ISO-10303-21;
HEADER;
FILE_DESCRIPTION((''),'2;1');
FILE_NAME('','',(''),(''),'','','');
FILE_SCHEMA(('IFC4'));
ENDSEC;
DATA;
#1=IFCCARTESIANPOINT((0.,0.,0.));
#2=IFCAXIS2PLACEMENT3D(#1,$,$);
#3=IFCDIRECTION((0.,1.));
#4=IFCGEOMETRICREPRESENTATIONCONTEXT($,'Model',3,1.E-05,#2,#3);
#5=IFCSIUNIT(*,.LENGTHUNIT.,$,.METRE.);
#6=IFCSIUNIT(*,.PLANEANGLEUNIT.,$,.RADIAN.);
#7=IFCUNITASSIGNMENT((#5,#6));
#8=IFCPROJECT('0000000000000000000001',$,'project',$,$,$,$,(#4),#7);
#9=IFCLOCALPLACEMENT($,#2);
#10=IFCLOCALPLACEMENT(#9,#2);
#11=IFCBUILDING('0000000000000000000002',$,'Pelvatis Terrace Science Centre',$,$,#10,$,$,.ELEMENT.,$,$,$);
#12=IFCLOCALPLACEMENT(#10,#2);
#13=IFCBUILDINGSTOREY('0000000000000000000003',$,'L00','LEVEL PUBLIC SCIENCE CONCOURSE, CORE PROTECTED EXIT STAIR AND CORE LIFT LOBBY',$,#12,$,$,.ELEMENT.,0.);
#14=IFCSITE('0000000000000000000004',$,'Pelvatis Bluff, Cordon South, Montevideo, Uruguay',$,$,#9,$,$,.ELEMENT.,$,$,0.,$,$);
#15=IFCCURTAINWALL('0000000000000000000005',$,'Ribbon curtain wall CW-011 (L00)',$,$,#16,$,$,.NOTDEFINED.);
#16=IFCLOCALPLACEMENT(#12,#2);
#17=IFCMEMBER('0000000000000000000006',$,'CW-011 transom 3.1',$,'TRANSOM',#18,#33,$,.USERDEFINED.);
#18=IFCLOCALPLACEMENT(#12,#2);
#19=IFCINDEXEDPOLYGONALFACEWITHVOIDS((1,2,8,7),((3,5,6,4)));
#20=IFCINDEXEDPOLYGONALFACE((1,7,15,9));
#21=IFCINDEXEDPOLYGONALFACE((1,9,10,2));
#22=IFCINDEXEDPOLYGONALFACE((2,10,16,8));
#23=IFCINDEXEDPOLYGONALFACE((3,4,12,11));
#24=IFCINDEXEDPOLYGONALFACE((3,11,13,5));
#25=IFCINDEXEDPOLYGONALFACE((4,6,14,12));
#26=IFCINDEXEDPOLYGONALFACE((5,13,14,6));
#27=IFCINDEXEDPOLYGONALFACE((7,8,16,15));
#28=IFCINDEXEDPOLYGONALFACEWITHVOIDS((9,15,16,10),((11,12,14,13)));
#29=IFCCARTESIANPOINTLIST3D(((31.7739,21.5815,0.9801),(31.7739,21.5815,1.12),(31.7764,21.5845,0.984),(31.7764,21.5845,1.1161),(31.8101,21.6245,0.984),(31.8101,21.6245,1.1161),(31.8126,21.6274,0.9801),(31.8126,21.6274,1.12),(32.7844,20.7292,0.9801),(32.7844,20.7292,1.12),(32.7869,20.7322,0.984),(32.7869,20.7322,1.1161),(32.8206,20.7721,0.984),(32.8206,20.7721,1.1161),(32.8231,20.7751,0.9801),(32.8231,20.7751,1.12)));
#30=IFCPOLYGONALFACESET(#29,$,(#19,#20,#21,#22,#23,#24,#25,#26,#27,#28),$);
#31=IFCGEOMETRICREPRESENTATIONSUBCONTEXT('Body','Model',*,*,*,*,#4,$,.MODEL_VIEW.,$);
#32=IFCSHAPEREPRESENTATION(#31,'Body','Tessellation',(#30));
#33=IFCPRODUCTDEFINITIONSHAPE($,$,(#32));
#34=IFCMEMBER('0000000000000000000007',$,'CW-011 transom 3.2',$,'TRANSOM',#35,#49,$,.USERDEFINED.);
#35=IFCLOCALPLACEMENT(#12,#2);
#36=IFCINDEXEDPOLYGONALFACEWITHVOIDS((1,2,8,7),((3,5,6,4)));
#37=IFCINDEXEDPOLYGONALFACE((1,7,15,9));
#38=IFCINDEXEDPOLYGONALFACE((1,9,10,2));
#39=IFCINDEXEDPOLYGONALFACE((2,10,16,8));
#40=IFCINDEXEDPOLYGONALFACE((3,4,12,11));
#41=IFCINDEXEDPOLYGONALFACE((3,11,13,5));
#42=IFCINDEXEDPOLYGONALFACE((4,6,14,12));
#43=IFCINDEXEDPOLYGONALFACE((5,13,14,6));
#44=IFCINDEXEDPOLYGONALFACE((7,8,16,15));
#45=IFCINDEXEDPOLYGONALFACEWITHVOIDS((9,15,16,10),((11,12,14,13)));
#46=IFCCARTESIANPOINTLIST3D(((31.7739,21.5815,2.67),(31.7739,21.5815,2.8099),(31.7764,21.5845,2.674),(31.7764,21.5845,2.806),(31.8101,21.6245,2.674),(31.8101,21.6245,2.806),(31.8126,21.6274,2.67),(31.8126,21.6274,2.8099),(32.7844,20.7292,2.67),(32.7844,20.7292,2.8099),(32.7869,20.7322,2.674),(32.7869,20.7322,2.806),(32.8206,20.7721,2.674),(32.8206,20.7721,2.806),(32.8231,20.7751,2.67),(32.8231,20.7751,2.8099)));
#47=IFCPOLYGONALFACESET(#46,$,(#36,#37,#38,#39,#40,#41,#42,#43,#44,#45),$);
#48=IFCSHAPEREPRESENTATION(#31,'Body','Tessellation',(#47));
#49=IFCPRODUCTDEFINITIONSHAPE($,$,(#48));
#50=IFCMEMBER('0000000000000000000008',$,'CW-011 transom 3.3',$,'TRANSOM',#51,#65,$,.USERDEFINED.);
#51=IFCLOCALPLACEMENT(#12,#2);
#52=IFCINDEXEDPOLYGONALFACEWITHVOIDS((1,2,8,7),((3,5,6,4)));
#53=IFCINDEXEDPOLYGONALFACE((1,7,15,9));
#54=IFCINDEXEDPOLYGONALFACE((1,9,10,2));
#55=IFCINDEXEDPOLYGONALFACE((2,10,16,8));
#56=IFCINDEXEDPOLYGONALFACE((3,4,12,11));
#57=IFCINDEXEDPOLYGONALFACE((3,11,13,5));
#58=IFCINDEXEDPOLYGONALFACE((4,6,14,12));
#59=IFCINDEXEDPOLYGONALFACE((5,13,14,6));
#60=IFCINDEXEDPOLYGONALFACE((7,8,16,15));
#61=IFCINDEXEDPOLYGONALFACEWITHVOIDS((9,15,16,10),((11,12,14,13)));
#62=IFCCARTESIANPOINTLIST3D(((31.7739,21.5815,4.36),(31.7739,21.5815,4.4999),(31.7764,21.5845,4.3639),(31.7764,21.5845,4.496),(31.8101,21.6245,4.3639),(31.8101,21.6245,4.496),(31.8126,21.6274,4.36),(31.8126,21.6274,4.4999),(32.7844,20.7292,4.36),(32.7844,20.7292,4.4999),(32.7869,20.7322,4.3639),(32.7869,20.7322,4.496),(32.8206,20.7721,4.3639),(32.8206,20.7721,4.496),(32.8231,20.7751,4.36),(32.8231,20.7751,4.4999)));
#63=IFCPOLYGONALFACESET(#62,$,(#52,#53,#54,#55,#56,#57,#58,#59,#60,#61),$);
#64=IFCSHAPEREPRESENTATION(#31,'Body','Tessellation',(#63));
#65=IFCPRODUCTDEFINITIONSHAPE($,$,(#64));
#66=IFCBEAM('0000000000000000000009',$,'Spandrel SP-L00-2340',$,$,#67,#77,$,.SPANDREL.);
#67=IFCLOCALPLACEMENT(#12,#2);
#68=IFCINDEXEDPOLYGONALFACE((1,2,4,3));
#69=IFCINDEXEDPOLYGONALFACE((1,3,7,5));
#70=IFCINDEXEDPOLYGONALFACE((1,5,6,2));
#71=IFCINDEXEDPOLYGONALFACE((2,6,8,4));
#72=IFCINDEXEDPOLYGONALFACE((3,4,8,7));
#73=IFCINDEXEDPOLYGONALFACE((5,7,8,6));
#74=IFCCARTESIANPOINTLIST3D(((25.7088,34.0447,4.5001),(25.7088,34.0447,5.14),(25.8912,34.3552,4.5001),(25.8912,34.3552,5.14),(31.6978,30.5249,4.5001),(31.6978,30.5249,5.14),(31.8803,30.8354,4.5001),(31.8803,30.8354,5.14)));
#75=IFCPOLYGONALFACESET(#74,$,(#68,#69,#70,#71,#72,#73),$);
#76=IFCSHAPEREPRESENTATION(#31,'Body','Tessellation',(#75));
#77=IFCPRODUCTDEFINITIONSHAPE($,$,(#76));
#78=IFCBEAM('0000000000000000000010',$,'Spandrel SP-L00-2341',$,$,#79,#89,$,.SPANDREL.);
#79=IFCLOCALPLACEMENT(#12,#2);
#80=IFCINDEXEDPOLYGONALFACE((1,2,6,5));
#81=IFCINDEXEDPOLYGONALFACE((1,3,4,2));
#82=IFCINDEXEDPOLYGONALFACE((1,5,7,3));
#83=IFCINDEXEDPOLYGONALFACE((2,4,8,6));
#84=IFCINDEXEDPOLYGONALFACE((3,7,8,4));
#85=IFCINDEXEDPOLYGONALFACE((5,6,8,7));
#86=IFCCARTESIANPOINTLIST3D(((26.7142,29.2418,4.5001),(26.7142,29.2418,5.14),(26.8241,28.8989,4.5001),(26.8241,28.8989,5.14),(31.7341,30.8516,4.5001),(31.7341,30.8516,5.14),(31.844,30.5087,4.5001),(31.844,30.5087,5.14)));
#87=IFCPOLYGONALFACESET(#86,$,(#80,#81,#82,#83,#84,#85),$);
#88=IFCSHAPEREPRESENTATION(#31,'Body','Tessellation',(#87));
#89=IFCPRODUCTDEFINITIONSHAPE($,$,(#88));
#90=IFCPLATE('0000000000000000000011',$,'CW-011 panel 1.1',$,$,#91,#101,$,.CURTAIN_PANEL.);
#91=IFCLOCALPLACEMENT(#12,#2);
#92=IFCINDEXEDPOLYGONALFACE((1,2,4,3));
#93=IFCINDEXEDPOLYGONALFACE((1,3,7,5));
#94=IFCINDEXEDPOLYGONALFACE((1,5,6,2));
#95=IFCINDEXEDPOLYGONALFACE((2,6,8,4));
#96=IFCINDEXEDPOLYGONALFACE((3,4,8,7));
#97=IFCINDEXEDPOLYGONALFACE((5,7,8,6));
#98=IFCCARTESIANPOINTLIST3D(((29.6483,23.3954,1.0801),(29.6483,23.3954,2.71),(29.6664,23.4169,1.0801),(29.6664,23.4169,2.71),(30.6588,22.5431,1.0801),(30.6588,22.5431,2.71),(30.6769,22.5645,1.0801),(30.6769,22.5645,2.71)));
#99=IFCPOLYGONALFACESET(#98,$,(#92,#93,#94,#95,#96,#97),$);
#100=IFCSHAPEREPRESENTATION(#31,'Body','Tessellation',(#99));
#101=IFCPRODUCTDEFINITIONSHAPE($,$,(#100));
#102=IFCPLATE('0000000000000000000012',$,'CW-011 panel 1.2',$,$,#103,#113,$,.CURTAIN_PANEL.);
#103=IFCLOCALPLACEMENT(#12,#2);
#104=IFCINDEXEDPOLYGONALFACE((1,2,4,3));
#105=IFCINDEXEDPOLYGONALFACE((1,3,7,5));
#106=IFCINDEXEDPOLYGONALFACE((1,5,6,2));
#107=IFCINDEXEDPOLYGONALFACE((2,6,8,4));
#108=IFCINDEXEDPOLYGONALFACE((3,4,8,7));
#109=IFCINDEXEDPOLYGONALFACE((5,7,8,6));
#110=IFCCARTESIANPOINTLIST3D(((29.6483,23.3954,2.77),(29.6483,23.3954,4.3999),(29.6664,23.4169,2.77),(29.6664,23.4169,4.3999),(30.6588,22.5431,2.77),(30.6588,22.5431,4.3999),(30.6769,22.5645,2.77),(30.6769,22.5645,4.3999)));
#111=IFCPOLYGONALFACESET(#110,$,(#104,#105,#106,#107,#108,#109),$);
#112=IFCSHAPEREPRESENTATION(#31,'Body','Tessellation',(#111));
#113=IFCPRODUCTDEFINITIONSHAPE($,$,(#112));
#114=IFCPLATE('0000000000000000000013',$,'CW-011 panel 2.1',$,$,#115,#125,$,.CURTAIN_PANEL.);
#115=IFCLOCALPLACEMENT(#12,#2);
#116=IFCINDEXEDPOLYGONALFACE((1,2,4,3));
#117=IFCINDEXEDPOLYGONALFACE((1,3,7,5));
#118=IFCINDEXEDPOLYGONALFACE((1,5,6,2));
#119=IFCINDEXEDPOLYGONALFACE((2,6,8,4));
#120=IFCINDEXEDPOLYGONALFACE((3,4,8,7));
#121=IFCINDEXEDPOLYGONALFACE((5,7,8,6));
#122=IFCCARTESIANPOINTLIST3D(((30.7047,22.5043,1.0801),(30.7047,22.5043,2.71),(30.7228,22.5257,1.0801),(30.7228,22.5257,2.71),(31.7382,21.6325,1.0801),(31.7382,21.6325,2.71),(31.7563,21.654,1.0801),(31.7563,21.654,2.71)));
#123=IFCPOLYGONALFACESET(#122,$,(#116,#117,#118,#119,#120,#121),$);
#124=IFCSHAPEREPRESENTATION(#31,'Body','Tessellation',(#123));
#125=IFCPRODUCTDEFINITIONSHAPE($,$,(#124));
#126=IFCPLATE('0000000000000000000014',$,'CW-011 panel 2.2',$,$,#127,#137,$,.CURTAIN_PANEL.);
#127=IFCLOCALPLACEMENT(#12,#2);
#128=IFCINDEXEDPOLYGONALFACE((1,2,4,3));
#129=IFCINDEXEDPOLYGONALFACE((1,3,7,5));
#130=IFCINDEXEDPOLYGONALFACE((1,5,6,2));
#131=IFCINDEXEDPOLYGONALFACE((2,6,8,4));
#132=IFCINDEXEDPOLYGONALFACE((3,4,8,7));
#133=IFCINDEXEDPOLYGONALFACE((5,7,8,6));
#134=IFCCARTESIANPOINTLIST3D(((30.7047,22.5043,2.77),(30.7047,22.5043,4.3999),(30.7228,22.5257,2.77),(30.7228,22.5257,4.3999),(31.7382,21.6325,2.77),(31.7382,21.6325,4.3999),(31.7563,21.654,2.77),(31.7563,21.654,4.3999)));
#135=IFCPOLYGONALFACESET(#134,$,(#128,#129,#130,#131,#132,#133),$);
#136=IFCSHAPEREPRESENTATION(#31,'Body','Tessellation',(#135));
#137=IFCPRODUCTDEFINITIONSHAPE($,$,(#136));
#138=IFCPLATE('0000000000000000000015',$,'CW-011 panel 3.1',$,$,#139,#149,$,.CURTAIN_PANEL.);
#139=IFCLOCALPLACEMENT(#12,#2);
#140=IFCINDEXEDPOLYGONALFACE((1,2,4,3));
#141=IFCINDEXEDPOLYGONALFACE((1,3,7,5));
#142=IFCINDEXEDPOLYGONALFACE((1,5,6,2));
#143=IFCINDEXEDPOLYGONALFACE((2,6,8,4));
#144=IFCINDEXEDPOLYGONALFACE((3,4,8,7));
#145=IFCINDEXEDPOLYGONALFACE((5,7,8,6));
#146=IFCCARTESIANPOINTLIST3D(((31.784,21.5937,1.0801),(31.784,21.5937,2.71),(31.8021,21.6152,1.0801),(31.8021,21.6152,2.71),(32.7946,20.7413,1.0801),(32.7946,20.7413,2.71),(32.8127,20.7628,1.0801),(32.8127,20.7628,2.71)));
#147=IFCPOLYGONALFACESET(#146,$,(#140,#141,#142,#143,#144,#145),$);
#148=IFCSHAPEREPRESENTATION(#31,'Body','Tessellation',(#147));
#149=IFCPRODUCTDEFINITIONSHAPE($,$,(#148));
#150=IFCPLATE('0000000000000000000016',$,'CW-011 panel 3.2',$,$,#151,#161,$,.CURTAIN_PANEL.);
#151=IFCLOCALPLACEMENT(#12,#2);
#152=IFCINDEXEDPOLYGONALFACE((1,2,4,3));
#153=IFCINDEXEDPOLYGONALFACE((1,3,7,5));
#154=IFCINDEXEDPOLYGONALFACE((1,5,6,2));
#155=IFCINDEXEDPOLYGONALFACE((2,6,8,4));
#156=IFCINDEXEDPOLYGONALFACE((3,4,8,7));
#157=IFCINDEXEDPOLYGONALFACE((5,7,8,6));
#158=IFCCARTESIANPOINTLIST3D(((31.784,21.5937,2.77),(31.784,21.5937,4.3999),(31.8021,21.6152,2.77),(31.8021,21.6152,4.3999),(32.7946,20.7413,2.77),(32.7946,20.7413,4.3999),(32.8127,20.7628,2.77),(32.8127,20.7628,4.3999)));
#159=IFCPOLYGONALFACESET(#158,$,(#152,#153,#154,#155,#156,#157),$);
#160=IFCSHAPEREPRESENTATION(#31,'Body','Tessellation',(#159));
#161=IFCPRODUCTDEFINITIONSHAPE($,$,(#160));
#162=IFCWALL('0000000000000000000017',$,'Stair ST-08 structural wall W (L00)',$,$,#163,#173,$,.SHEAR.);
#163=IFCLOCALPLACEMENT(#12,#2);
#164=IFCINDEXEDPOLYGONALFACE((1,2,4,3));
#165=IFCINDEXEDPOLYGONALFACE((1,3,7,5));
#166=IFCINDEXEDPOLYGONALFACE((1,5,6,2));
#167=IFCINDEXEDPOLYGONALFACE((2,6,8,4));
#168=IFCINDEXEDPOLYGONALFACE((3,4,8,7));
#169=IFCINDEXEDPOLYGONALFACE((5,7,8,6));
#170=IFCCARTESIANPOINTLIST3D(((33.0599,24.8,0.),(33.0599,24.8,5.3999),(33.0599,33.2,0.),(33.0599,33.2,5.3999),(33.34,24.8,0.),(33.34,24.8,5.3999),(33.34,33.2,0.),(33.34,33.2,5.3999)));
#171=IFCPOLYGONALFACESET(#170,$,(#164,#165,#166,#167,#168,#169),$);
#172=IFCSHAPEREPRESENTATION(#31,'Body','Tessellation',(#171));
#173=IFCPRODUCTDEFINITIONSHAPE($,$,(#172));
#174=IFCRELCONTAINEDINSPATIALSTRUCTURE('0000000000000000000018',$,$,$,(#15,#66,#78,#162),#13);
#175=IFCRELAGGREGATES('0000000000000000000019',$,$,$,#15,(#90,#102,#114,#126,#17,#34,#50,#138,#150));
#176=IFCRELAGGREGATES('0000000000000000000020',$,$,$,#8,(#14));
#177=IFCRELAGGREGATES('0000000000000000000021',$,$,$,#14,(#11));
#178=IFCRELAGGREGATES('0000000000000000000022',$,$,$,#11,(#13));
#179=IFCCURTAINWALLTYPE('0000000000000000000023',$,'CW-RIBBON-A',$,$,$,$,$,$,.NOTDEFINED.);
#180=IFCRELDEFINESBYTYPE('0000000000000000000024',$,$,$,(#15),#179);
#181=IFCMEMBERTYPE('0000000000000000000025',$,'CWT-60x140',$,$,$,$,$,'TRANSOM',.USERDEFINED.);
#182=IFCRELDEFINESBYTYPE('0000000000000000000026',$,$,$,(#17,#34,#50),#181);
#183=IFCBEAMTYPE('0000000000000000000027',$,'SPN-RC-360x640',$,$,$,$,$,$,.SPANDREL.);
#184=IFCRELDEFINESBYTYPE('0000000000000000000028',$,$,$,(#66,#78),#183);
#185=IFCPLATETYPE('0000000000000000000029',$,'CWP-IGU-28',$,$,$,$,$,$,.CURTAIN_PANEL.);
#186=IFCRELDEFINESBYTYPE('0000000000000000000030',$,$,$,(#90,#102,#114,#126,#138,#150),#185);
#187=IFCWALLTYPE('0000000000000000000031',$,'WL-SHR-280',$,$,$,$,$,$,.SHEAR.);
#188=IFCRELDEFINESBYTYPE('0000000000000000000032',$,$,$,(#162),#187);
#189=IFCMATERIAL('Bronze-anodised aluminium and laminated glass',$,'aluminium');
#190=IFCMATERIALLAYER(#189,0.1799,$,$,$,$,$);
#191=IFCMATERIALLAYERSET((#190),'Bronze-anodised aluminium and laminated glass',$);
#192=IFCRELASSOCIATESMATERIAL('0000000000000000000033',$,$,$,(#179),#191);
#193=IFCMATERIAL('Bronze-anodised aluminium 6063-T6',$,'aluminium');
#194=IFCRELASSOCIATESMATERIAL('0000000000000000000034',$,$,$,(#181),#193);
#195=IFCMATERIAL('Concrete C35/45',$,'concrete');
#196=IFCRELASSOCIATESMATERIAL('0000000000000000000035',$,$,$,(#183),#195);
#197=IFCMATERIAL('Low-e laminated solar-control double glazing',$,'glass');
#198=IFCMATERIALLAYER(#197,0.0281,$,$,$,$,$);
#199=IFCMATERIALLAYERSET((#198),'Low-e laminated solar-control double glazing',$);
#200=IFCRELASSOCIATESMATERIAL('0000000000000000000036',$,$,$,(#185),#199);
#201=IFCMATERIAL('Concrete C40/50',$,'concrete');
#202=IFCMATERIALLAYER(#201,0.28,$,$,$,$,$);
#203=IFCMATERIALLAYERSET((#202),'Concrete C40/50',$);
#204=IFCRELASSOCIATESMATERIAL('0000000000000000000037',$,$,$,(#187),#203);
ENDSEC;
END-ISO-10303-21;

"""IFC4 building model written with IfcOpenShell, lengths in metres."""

from ifc_helpers import new_model, si_unit, direction, frame, frame_2d, origin, origin_2d, place, context, subcontext, project, spatial, rectangle, hollow_rectangle, extrude, material, layer, layer_set, material_profile, profile_set, type_object, element, aggregate, save


model = new_model("IFC4")

# Units and contexts
model_context = context("Model", 3, precision=1e-05, world=origin(), true_north=direction((0.0, 1.0)))
body_context = subcontext(model_context, "Body", "Model", "MODEL_VIEW")
ifc_project = project(units=[si_unit("LENGTHUNIT", "METRE"), si_unit("PLANEANGLEUNIT", "RADIAN")], contexts=[model_context])

# Site, building, storey
site_placement = place(None, origin())
site = spatial("IfcSite", under=ifc_project, at=site_placement, Name="Pelvatis Bluff, Cordon South, Montevideo, Uruguay", CompositionType="ELEMENT", RefElevation=0.0)
building_placement = place(site_placement, origin())
building = spatial("IfcBuilding", under=site, at=building_placement, Name="Pelvatis Terrace Science Centre", CompositionType="ELEMENT")
storey_placement = place(building_placement, origin())
storey = spatial("IfcBuildingStorey", under=building, at=storey_placement, Name="L00", Description="LEVEL PUBLIC SCIENCE CONCOURSE, CORE PROTECTED EXIT STAIR AND CORE LIFT LOBBY", CompositionType="ELEMENT", Elevation=0.0)

# Curtain wall, members
ifc_material_1 = material(Name="Bronze-anodised aluminium and laminated glass", Category="aluminium")
ifc_layer_1 = layer(ifc_material_1, 0.1799)
ifc_layer_set_1 = layer_set([ifc_layer_1], Name="Bronze-anodised aluminium and laminated glass")
curtain_wall_type = type_object("IfcCurtainWallType", Name="CW-RIBBON-A", PredefinedType="NOTDEFINED", material=ifc_layer_set_1)
curtain_wall_placement = place(storey_placement, origin())
curtain_wall = element("IfcCurtainWall", 1, at=curtain_wall_placement, inside=storey, type_object=curtain_wall_type, Name="Ribbon curtain wall CW-011 (L00)", PredefinedType="NOTDEFINED")
ifc_material_2 = material(Name="Bronze-anodised aluminium 6063-T6", Category="aluminium")
ifc_material_profile_1 = material_profile(ifc_material_2, hollow_rectangle(XDim=0.0601, YDim=0.1399, WallThickness=0.0039, at=origin_2d()), Name="ALU-TRN 60x140")
ifc_profile_set_1 = profile_set([ifc_material_profile_1], Name="Bronze-anodised aluminium 6063-T6")
member_type_1 = type_object("IfcMemberType", Name="CWT-60x140", ElementType="TRANSOM", PredefinedType="USERDEFINED", material=ifc_profile_set_1)
member_1_placement = place(storey_placement, frame((31.7932, 21.6045, 1.05), z_axis=(0.764408, -0.644733, 0.0), x_axis=(0.644733, 0.764408, 0.0)))
member_1 = element("IfcMember", 2, at=member_1_placement, type_object=member_type_1, Name="CW-011 transom 3.1", ObjectType="TRANSOM", PredefinedType="USERDEFINED", context=body_context, shape_type="SweptSolid", body=[
    extrude(hollow_rectangle(XDim=0.0601, YDim=0.1399, WallThickness=0.0039, at=origin_2d()), origin(), (0.0, 0.0, 1.0), 1.322),
])
member_2_placement = place(storey_placement, frame((31.7932, 21.6045, 2.74), z_axis=(0.764408, -0.644733, 0.0), x_axis=(0.644733, 0.764408, 0.0)))
member_2 = element("IfcMember", 3, at=member_2_placement, type_object=member_type_1, Name="CW-011 transom 3.2", ObjectType="TRANSOM", PredefinedType="USERDEFINED", context=body_context, shape_type="SweptSolid", body=[
    extrude(hollow_rectangle(XDim=0.0601, YDim=0.1399, WallThickness=0.0039, at=origin_2d()), origin(), (0.0, 0.0, 1.0), 1.322),
])
member_3_placement = place(storey_placement, frame((31.7932, 21.6045, 4.4299), z_axis=(0.764408, -0.644733, 0.0), x_axis=(0.644733, 0.764408, 0.0)))
member_3 = element("IfcMember", 4, at=member_3_placement, type_object=member_type_1, Name="CW-011 transom 3.3", ObjectType="TRANSOM", PredefinedType="USERDEFINED", context=body_context, shape_type="SweptSolid", body=[
    extrude(hollow_rectangle(XDim=0.0601, YDim=0.1399, WallThickness=0.0039, at=origin_2d()), origin(), (0.0, 0.0, 1.0), 1.322),
])

# Beams
ifc_material_3 = material(Name="Concrete C35/45", Category="concrete")
ifc_material_profile_2 = material_profile(ifc_material_3, rectangle(XDim=0.3601, YDim=0.6399, at=origin_2d()), Name="RC-SPN 360x640")
ifc_profile_set_2 = profile_set([ifc_material_profile_2], Name="Concrete C35/45")
beam_type_1 = type_object("IfcBeamType", Name="SPN-RC-360x640", PredefinedType="SPANDREL", material=ifc_profile_set_2)
beam_1_placement = place(storey_placement, frame((31.7891, 30.6802, 4.8201), z_axis=(-0.862134, 0.506681, 0.0), x_axis=(-0.506681, -0.862134, 0.0)))
element("IfcBeam", 5, at=beam_1_placement, inside=storey, type_object=beam_type_1, Name="Spandrel SP-L00-2340", PredefinedType="SPANDREL", context=body_context, shape_type="SweptSolid", body=[
    extrude(rectangle(XDim=0.3601, YDim=0.6399, at=origin_2d()), origin(), (0.0, 0.0, 1.0), 6.9468),
])
beam_2_placement = place(storey_placement, frame((31.7891, 30.6802, 4.8201), z_axis=(-0.952234, -0.305371, 0.0), x_axis=(0.305371, -0.952234, 0.0)))
element("IfcBeam", 6, at=beam_2_placement, inside=storey, type_object=beam_type_1, Name="Spandrel SP-L00-2341", PredefinedType="SPANDREL", context=body_context, shape_type="SweptSolid", body=[
    extrude(rectangle(XDim=0.3601, YDim=0.6399, at=origin_2d()), origin(), (0.0, 0.0, 1.0), 5.2717),
])

# Plates
ifc_material_4 = material(Name="Low-e laminated solar-control double glazing", Category="glass")
ifc_layer_2 = layer(ifc_material_4, 0.0281)
ifc_layer_set_2 = layer_set([ifc_layer_2], Name="Low-e laminated solar-control double glazing")
plate_type = type_object("IfcPlateType", Name="CWP-IGU-28", PredefinedType="CURTAIN_PANEL", material=ifc_layer_set_2)
plate_1_placement = place(storey_placement, frame((30.1626, 22.98, 1.0801), z_axis=(0.0, 0.0, 1.0), x_axis=(0.764378, -0.644768, 0.0)))
plate_1 = element("IfcPlate", 7, at=plate_1_placement, type_object=plate_type, Name="CW-011 panel 1.1", PredefinedType="CURTAIN_PANEL", context=body_context, shape_type="SweptSolid", body=[
    extrude(rectangle(XDim=1.322, YDim=0.0281, at=origin_2d()), origin(), (0.0, 0.0, 1.0), 1.6299),
])
plate_2_placement = place(storey_placement, frame((30.1626, 22.98, 2.77), z_axis=(0.0, 0.0, 1.0), x_axis=(0.764378, -0.644768, 0.0)))
plate_2 = element("IfcPlate", 8, at=plate_2_placement, type_object=plate_type, Name="CW-011 panel 1.2", PredefinedType="CURTAIN_PANEL", context=body_context, shape_type="SweptSolid", body=[
    extrude(rectangle(XDim=1.322, YDim=0.0281, at=origin_2d()), origin(), (0.0, 0.0, 1.0), 1.6299),
])
plate_3_placement = place(storey_placement, frame((31.2305, 22.0791, 1.0801), z_axis=(0.0, 0.0, 1.0), x_axis=(0.764378, -0.644768, 0.0)))
plate_3 = element("IfcPlate", 9, at=plate_3_placement, type_object=plate_type, Name="CW-011 panel 2.1", PredefinedType="CURTAIN_PANEL", context=body_context, shape_type="SweptSolid", body=[
    extrude(rectangle(XDim=1.3521, YDim=0.0281, at=origin_2d()), origin(), (0.0, 0.0, 1.0), 1.6299),
])
plate_4_placement = place(storey_placement, frame((31.2305, 22.0791, 2.77), z_axis=(0.0, 0.0, 1.0), x_axis=(0.764378, -0.644768, 0.0)))
plate_4 = element("IfcPlate", 10, at=plate_4_placement, type_object=plate_type, Name="CW-011 panel 2.2", PredefinedType="CURTAIN_PANEL", context=body_context, shape_type="SweptSolid", body=[
    extrude(rectangle(XDim=1.3521, YDim=0.0281, at=origin_2d()), origin(), (0.0, 0.0, 1.0), 1.6299),
])
plate_5_placement = place(storey_placement, frame((32.2983, 21.1782, 1.0801), z_axis=(0.0, 0.0, 1.0), x_axis=(0.764378, -0.644768, 0.0)))
plate_5 = element("IfcPlate", 11, at=plate_5_placement, type_object=plate_type, Name="CW-011 panel 3.1", PredefinedType="CURTAIN_PANEL", context=body_context, shape_type="SweptSolid", body=[
    extrude(rectangle(XDim=1.322, YDim=0.0281, at=origin_2d()), origin(), (0.0, 0.0, 1.0), 1.6299),
])
plate_6_placement = place(storey_placement, frame((32.2983, 21.1782, 2.77), z_axis=(0.0, 0.0, 1.0), x_axis=(0.764378, -0.644768, 0.0)))
plate_6 = element("IfcPlate", 12, at=plate_6_placement, type_object=plate_type, Name="CW-011 panel 3.2", PredefinedType="CURTAIN_PANEL", context=body_context, shape_type="SweptSolid", body=[
    extrude(rectangle(XDim=1.322, YDim=0.0281, at=origin_2d()), origin(), (0.0, 0.0, 1.0), 1.6299),
])
aggregate(curtain_wall, [plate_1, plate_2, plate_3, plate_4, member_1, member_2, member_3, plate_5, plate_6])

# Wall
ifc_material_5 = material(Name="Concrete C40/50", Category="concrete")
ifc_layer_3 = layer(ifc_material_5, 0.28)
ifc_layer_set_3 = layer_set([ifc_layer_3], Name="Concrete C40/50")
wall_type = type_object("IfcWallType", Name="WL-SHR-280", PredefinedType="SHEAR", material=ifc_layer_set_3)
wall_placement = place(storey_placement, frame((33.2, 24.8, 0.0), z_axis=(0.0, 0.0, 1.0), x_axis=(0.0, 1.0, 0.0)))
element("IfcWall", 13, at=wall_placement, inside=storey, type_object=wall_type, Name="Stair ST-08 structural wall W (L00)", PredefinedType="SHEAR", context=body_context, shape_type="SweptSolid", body=[
    extrude(rectangle(XDim=8.3999, YDim=0.28, at=frame_2d((4.2, 0.0))), origin(), (0.0, 0.0, 1.0), 5.3999),
])

save(model, "model.ifc")
